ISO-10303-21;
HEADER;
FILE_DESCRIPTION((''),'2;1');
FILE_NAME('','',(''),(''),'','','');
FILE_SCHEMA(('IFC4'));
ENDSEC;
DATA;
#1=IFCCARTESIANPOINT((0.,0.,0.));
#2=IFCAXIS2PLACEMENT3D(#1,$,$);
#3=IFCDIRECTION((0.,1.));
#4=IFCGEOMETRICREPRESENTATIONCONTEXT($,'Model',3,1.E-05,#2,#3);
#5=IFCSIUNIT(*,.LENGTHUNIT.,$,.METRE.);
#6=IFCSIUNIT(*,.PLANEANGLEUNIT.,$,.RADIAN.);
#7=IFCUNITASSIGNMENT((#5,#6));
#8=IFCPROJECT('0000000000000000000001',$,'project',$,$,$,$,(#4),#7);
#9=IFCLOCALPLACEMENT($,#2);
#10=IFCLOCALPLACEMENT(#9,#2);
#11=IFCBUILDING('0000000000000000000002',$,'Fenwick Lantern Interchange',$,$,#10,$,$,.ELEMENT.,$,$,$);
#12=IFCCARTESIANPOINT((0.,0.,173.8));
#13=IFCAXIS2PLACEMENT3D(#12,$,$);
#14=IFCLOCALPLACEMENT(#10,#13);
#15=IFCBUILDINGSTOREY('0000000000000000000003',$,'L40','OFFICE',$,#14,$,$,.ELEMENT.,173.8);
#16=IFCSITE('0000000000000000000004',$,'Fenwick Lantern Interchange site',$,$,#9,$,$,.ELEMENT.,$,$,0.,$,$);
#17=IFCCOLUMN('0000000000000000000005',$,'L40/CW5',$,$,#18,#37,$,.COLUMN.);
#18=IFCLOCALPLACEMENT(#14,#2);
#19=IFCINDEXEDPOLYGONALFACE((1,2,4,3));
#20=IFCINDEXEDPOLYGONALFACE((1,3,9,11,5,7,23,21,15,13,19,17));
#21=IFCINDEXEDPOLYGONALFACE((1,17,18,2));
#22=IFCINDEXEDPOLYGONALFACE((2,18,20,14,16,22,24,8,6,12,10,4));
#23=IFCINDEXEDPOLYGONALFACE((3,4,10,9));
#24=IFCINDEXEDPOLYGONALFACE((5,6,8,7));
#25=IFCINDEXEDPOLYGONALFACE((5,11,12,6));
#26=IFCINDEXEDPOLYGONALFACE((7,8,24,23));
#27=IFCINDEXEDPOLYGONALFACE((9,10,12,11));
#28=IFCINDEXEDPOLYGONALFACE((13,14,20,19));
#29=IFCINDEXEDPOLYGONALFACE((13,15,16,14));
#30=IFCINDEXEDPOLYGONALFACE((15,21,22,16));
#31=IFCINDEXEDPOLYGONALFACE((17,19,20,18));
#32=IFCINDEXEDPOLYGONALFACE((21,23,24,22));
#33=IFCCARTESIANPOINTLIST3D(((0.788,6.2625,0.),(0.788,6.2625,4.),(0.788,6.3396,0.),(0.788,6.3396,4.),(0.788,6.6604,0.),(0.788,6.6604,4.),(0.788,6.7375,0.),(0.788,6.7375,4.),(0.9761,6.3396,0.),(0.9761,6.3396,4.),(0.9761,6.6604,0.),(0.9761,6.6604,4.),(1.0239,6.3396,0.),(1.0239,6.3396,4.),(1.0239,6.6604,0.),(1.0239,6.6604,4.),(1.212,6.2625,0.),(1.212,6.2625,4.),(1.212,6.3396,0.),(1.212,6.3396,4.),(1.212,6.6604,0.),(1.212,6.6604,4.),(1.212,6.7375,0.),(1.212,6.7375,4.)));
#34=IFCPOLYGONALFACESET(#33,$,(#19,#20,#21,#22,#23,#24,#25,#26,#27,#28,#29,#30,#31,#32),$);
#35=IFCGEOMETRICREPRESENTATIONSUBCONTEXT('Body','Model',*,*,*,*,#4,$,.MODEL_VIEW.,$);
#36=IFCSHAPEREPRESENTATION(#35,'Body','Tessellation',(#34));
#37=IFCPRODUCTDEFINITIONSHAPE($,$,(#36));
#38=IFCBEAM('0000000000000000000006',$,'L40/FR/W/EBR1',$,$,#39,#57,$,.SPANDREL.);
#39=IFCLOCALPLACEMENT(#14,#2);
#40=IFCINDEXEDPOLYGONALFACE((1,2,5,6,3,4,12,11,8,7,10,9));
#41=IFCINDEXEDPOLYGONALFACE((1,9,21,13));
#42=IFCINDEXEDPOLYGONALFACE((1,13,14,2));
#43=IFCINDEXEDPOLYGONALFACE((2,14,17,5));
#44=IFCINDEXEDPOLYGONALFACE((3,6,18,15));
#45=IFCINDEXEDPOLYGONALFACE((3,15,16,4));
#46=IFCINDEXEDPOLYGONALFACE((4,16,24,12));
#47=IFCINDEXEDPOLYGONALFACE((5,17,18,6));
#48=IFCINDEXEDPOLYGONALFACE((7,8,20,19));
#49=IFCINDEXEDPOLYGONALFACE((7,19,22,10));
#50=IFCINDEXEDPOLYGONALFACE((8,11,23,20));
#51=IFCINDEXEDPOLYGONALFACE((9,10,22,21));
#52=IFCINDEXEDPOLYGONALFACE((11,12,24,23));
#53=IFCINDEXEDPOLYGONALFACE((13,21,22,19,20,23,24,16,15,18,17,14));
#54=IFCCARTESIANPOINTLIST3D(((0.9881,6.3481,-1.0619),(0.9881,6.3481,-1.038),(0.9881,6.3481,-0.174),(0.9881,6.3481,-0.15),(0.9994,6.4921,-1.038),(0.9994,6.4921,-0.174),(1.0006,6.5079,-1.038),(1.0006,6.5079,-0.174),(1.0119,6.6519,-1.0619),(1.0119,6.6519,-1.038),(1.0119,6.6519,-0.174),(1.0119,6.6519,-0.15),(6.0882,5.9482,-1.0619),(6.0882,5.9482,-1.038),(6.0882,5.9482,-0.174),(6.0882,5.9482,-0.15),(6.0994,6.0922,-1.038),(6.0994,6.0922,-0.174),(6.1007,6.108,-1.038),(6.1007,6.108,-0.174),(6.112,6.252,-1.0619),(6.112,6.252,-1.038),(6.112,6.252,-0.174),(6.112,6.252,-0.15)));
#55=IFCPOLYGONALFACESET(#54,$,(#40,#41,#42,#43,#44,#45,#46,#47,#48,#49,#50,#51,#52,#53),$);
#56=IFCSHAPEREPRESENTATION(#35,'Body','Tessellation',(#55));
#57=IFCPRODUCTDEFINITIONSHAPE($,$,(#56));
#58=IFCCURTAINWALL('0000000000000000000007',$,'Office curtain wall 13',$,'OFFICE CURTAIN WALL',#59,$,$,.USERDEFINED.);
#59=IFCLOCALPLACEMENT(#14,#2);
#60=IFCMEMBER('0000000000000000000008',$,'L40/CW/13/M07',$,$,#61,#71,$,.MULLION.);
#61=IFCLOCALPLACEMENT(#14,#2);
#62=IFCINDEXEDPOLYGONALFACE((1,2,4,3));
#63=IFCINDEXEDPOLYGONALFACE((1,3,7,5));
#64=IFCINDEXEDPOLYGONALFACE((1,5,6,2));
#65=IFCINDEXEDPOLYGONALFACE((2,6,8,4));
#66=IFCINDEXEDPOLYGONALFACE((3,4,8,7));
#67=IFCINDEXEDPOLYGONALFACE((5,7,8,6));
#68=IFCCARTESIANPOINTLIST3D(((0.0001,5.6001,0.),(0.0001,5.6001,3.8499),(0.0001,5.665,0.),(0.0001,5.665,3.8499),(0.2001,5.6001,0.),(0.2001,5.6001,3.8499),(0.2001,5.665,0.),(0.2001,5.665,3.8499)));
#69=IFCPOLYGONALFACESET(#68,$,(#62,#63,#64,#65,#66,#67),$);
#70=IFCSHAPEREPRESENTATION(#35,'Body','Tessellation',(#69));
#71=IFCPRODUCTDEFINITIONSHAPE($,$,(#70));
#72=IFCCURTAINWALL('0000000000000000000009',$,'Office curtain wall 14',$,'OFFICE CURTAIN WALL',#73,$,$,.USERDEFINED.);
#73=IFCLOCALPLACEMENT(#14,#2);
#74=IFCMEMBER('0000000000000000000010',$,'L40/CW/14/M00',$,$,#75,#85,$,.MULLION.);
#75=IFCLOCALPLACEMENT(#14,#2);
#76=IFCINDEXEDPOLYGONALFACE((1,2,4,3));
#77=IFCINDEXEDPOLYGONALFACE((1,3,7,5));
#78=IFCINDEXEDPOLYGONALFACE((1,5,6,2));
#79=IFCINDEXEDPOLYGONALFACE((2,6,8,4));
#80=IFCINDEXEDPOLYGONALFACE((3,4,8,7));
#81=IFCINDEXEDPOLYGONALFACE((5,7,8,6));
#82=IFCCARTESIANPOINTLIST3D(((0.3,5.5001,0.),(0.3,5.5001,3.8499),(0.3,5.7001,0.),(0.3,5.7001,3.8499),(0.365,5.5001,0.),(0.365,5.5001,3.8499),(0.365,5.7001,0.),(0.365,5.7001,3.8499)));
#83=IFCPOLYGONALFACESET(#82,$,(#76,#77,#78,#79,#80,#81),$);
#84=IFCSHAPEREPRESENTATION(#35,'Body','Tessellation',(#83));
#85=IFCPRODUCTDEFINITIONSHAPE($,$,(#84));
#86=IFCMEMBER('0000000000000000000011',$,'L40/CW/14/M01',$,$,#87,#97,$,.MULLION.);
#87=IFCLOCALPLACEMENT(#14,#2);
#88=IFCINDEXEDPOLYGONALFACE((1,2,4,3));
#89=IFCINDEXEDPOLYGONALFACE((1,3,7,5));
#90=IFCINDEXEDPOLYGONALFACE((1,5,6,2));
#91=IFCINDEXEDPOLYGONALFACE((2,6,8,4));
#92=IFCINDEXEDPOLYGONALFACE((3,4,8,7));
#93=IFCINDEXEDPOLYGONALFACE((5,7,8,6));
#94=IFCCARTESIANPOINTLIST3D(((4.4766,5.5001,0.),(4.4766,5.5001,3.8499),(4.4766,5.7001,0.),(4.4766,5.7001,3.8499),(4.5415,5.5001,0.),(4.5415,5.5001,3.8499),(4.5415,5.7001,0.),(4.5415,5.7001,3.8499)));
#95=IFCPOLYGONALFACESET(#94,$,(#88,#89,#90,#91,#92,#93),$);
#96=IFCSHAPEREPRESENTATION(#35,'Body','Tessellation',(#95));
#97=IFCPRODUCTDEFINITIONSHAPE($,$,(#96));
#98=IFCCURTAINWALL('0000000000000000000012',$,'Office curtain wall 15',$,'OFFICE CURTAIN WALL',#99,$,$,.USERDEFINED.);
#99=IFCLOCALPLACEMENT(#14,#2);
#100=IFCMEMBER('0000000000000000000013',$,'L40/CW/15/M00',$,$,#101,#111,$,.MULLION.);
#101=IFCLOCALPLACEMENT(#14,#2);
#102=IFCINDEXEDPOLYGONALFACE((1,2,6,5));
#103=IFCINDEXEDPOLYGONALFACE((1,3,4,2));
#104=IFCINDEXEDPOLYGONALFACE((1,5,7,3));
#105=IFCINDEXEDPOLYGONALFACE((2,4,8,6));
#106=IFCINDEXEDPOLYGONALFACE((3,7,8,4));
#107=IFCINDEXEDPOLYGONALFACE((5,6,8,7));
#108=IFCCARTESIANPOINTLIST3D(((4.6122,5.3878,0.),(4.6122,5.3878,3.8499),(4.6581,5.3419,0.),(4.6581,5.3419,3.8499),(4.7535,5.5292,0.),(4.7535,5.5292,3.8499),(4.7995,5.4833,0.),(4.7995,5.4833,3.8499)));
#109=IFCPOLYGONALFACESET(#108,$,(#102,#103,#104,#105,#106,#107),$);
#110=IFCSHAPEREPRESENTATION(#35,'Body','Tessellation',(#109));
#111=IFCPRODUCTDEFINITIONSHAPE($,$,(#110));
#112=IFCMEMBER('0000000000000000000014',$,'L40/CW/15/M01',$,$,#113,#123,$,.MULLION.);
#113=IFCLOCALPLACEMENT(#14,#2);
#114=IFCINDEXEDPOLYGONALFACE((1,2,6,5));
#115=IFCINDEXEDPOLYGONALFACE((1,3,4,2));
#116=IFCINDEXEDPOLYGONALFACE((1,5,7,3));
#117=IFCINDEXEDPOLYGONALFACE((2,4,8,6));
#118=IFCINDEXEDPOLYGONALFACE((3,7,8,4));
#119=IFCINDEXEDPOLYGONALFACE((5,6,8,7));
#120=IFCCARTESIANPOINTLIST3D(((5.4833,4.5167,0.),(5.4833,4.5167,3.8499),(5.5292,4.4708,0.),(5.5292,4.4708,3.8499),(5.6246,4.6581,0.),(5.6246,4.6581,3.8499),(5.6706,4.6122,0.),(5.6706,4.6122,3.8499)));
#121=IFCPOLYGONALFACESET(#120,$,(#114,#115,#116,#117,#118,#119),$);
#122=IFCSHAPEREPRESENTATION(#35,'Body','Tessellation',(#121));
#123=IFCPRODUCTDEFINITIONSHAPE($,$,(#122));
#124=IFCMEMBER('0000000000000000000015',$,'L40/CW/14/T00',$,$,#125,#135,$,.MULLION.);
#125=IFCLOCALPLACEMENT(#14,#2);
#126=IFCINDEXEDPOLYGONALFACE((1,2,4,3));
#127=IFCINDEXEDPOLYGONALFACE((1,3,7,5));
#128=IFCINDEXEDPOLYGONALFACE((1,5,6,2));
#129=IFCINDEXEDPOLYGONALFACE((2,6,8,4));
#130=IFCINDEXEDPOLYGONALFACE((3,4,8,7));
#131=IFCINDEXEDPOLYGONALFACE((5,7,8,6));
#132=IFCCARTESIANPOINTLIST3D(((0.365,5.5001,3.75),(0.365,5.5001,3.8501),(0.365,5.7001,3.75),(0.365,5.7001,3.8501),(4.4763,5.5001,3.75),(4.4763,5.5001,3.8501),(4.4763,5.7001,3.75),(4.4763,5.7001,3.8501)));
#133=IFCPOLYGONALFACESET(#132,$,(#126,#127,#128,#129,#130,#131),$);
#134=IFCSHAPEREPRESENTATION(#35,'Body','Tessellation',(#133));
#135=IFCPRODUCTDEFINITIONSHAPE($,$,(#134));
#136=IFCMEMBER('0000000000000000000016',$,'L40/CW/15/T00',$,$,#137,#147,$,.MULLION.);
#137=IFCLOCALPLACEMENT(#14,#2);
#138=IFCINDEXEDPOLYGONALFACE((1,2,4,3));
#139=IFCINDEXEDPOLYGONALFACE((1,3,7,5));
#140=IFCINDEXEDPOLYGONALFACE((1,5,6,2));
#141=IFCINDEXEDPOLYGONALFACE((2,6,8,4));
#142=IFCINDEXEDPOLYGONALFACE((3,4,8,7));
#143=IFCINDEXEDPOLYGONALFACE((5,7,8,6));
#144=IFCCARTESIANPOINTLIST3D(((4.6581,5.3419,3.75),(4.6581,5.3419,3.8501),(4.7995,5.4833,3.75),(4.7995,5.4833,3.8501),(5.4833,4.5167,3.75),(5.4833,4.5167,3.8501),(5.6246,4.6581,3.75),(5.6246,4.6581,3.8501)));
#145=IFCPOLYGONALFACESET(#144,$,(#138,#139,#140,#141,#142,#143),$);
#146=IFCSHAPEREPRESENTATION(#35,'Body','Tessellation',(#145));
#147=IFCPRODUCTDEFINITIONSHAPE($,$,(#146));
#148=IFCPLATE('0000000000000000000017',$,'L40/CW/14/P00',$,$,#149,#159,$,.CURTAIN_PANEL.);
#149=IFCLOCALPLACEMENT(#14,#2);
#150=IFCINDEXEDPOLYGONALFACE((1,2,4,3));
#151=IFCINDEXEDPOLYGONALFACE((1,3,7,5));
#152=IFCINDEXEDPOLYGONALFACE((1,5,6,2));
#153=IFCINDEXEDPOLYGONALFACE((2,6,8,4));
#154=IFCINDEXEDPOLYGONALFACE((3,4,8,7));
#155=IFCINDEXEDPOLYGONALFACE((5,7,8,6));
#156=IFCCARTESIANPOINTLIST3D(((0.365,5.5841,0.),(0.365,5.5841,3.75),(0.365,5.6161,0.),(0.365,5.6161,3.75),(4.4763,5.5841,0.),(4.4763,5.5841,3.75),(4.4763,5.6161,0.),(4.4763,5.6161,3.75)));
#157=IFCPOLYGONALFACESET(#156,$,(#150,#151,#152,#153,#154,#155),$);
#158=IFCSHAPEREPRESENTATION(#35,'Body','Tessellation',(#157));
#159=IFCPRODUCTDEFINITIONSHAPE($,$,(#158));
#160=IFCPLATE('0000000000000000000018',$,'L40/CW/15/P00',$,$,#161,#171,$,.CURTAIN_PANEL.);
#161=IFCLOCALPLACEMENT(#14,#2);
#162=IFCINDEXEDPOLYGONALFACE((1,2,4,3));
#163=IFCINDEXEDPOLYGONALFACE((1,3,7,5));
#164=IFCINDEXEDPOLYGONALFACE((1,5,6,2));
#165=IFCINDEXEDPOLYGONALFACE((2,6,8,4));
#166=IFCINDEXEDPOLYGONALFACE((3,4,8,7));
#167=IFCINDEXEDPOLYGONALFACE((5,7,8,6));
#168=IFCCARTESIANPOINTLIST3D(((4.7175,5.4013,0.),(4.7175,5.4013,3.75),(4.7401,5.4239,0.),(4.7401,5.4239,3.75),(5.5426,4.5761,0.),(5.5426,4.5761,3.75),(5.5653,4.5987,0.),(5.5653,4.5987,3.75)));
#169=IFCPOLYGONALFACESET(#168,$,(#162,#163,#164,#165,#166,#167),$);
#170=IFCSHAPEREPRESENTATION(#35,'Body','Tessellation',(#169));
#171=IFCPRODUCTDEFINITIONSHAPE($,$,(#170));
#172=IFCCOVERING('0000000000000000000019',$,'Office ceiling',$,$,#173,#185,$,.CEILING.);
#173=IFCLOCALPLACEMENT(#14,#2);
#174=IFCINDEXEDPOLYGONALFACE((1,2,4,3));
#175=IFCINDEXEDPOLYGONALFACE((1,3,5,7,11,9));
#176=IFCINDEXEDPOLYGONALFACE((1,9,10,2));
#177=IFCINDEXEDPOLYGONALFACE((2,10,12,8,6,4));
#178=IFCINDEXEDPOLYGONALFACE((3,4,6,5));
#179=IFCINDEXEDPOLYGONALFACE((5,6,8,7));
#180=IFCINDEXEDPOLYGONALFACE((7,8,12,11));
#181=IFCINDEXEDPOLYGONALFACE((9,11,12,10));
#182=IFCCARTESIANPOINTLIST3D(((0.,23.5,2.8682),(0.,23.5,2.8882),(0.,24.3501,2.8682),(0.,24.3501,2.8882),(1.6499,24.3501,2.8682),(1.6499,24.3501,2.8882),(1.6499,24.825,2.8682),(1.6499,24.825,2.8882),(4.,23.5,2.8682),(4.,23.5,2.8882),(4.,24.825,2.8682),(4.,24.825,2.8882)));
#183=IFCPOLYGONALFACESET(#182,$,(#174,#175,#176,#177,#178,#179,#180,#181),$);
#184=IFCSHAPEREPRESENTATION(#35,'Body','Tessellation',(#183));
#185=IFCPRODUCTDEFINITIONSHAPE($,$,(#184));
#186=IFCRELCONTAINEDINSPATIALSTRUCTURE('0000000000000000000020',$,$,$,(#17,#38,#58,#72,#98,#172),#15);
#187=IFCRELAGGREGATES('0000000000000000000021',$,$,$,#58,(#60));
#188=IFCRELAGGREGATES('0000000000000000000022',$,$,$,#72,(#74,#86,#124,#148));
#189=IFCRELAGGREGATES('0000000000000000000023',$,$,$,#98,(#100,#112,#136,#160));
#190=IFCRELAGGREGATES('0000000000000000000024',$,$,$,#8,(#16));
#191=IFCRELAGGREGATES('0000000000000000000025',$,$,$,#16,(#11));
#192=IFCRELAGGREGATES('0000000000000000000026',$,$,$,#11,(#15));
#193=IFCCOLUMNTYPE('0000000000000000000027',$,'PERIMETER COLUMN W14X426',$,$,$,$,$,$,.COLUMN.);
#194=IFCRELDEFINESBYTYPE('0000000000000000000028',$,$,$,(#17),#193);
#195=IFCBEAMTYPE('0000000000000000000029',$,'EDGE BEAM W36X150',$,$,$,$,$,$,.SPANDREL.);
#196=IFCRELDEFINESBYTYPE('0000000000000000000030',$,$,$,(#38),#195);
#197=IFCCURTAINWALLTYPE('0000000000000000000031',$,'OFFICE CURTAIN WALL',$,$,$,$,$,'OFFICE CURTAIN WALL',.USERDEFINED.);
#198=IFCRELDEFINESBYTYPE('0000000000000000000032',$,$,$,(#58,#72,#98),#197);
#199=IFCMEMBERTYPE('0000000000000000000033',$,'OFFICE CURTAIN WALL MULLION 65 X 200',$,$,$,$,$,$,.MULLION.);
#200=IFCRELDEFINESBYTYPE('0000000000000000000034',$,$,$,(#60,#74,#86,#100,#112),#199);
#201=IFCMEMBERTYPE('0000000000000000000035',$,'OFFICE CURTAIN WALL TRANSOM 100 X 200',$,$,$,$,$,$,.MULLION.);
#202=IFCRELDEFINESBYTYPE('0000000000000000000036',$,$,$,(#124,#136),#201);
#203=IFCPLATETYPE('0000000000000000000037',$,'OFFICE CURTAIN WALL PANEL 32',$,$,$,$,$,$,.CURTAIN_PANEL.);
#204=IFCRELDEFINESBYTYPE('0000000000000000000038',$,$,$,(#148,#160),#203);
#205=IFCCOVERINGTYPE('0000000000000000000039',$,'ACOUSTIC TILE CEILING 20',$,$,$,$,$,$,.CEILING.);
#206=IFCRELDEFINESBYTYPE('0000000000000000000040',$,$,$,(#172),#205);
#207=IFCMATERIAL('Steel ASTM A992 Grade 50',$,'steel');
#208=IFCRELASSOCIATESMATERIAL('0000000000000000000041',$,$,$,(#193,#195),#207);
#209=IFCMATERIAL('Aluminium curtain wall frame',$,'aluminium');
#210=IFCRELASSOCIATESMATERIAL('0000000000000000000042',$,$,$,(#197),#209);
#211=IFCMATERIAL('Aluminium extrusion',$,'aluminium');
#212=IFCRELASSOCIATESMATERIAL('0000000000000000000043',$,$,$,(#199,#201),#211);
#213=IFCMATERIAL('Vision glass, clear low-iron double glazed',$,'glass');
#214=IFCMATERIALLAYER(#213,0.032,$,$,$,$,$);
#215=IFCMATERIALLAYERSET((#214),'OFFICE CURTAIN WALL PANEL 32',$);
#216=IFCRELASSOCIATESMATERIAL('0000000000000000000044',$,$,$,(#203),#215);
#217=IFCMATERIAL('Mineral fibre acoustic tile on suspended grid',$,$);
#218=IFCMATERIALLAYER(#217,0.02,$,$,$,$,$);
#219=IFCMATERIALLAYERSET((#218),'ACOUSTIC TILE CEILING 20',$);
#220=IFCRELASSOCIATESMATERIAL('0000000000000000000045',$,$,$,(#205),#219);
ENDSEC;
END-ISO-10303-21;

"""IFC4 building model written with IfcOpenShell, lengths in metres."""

from ifc_helpers import new_model, si_unit, direction, frame, origin, origin_2d, place, context, subcontext, project, spatial, polyline, rectangle, i_section, outline, extrude, material, layer, layer_set, material_profile, profile_set, type_object, element, aggregate, save


model = new_model("IFC4")

# Units and contexts
model_context = context("Model", 3, precision=1e-05, world=origin(), true_north=direction((0.0, 1.0)))
body_context = subcontext(model_context, "Body", "Model", "MODEL_VIEW")
ifc_project = project(units=[si_unit("LENGTHUNIT", "METRE"), si_unit("PLANEANGLEUNIT", "RADIAN")], contexts=[model_context])

# Site, building, storey
site_placement = place(None, origin())
site = spatial("IfcSite", under=ifc_project, at=site_placement, Name="Fenwick Lantern Interchange site", CompositionType="ELEMENT", RefElevation=0.0)
building_placement = place(site_placement, origin())
building = spatial("IfcBuilding", under=site, at=building_placement, Name="Fenwick Lantern Interchange", CompositionType="ELEMENT")
storey_placement = place(building_placement, frame((0.0, 0.0, 173.8)))
storey = spatial("IfcBuildingStorey", under=building, at=storey_placement, Name="L40", Description="OFFICE", CompositionType="ELEMENT", Elevation=173.8)

# Column
ifc_material_1 = material(Name="Steel ASTM A992 Grade 50", Category="steel")
ifc_material_profile_1 = material_profile(ifc_material_1, i_section(OverallWidth=0.4241, OverallDepth=0.4751, WebThickness=0.0479, FlangeThickness=0.0771, at=origin_2d()), Name="W14X426")
ifc_profile_set_1 = profile_set([ifc_material_profile_1], Name="Steel ASTM A992 Grade 50")
column_type = type_object("IfcColumnType", Name="PERIMETER COLUMN W14X426", PredefinedType="COLUMN", material=ifc_profile_set_1)
column_placement = place(storey_placement, frame((1.0, 6.5, 0.0), z_axis=(0.0, 0.0, 1.0), x_axis=(1.0, 0.0, 0.0)))
element("IfcColumn", 1, at=column_placement, inside=storey, type_object=column_type, Name="L40/CW5", PredefinedType="COLUMN", context=body_context, shape_type="SweptSolid", body=[
    extrude(i_section(OverallWidth=0.4241, OverallDepth=0.4751, WebThickness=0.0479, FlangeThickness=0.0771, at=origin_2d()), origin(), (0.0, 0.0, 1.0), 4.0),
])

# Beam
ifc_material_profile_2 = material_profile(ifc_material_1, i_section(OverallWidth=0.3047, OverallDepth=0.9119, WebThickness=0.0159, FlangeThickness=0.0239, at=origin_2d()), Name="W36X150")
ifc_profile_set_2 = profile_set([ifc_material_profile_2], Name="Steel ASTM A992 Grade 50")
beam_type = type_object("IfcBeamType", Name="EDGE BEAM W36X150", PredefinedType="SPANDREL", material=ifc_profile_set_2)
beam_placement = place(storey_placement, frame((1.0, 6.5, -0.606), z_axis=(0.99694, -0.078171, 0.0), x_axis=(0.078171, 0.99694, 0.0)))
element("IfcBeam", 2, at=beam_placement, inside=storey, type_object=beam_type, Name="L40/FR/W/EBR1", PredefinedType="SPANDREL", context=body_context, shape_type="SweptSolid", body=[
    extrude(i_section(OverallWidth=0.3047, OverallDepth=0.9119, WebThickness=0.0159, FlangeThickness=0.0239, at=origin_2d()), origin(), (0.0, 0.0, 1.0), 5.1157),
])

# Curtain wall, member
ifc_material_2 = material(Name="Aluminium curtain wall frame", Category="aluminium")
curtain_wall_type = type_object("IfcCurtainWallType", Name="OFFICE CURTAIN WALL", ElementType="OFFICE CURTAIN WALL", PredefinedType="USERDEFINED", material=ifc_material_2)
curtain_wall_1_placement = place(storey_placement, origin())
curtain_wall_1 = element("IfcCurtainWall", 3, at=curtain_wall_1_placement, inside=storey, type_object=curtain_wall_type, Name="Office curtain wall 13", ObjectType="OFFICE CURTAIN WALL", PredefinedType="USERDEFINED")
ifc_material_3 = material(Name="Aluminium extrusion", Category="aluminium")
ifc_material_profile_3 = material_profile(ifc_material_3, rectangle(XDim=0.2, YDim=0.0649, at=origin_2d()), Name="OFFICE CURTAIN WALL MULLION 65 X 200")
ifc_profile_set_3 = profile_set([ifc_material_profile_3], Name="Aluminium extrusion")
member_type_1 = type_object("IfcMemberType", Name="OFFICE CURTAIN WALL MULLION 65 X 200", PredefinedType="MULLION", material=ifc_profile_set_3)
member_1_placement = place(storey_placement, frame((0.1001, 5.6326, 0.0), z_axis=(0.0, 0.0, 1.0), x_axis=(1.0, 0.0, 0.0)))
member_1 = element("IfcMember", 4, at=member_1_placement, type_object=member_type_1, Name="L40/CW/13/M07", PredefinedType="MULLION", context=body_context, shape_type="SweptSolid", body=[
    extrude(rectangle(XDim=0.2, YDim=0.0649, at=origin_2d()), origin(), (0.0, 0.0, 1.0), 3.8499),
])
aggregate(curtain_wall_1, [member_1])

# Curtain walls, members
curtain_wall_2_placement = place(storey_placement, origin())
curtain_wall_2 = element("IfcCurtainWall", 5, at=curtain_wall_2_placement, inside=storey, type_object=curtain_wall_type, Name="Office curtain wall 14", ObjectType="OFFICE CURTAIN WALL", PredefinedType="USERDEFINED")
member_2_placement = place(storey_placement, frame((0.3325, 5.6001, 0.0), z_axis=(0.0, 0.0, 1.0), x_axis=(0.0, 1.0, 0.0)))
member_2 = element("IfcMember", 6, at=member_2_placement, type_object=member_type_1, Name="L40/CW/14/M00", PredefinedType="MULLION", context=body_context, shape_type="SweptSolid", body=[
    extrude(rectangle(XDim=0.2, YDim=0.0649, at=origin_2d()), origin(), (0.0, 0.0, 1.0), 3.8499),
])
member_3_placement = place(storey_placement, frame((4.509, 5.6001, 0.0), z_axis=(0.0, 0.0, 1.0), x_axis=(0.0, 1.0, 0.0)))
member_3 = element("IfcMember", 7, at=member_3_placement, type_object=member_type_1, Name="L40/CW/14/M01", PredefinedType="MULLION", context=body_context, shape_type="SweptSolid", body=[
    extrude(rectangle(XDim=0.2, YDim=0.0649, at=origin_2d()), origin(), (0.0, 0.0, 1.0), 3.8499),
])
curtain_wall_3_placement = place(storey_placement, origin())
curtain_wall_3 = element("IfcCurtainWall", 8, at=curtain_wall_3_placement, inside=storey, type_object=curtain_wall_type, Name="Office curtain wall 15", ObjectType="OFFICE CURTAIN WALL", PredefinedType="USERDEFINED")
member_4_placement = place(storey_placement, frame((4.7058, 5.4355, 0.0), z_axis=(0.0, 0.0, 1.0), x_axis=(0.707107, 0.707107, 0.0)))
member_4 = element("IfcMember", 9, at=member_4_placement, type_object=member_type_1, Name="L40/CW/15/M00", PredefinedType="MULLION", context=body_context, shape_type="SweptSolid", body=[
    extrude(rectangle(XDim=0.2, YDim=0.0649, at=origin_2d()), origin(), (0.0, 0.0, 1.0), 3.8499),
])
member_5_placement = place(storey_placement, frame((5.5769, 4.5645, 0.0), z_axis=(0.0, 0.0, 1.0), x_axis=(0.707107, 0.707107, 0.0)))
member_5 = element("IfcMember", 10, at=member_5_placement, type_object=member_type_1, Name="L40/CW/15/M01", PredefinedType="MULLION", context=body_context, shape_type="SweptSolid", body=[
    extrude(rectangle(XDim=0.2, YDim=0.0649, at=origin_2d()), origin(), (0.0, 0.0, 1.0), 3.8499),
])

# Members
ifc_material_profile_4 = material_profile(ifc_material_3, rectangle(XDim=0.2, YDim=0.1001, at=origin_2d()), Name="OFFICE CURTAIN WALL TRANSOM 100 X 200")
ifc_profile_set_4 = profile_set([ifc_material_profile_4], Name="Aluminium extrusion")
member_type_2 = type_object("IfcMemberType", Name="OFFICE CURTAIN WALL TRANSOM 100 X 200", PredefinedType="MULLION", material=ifc_profile_set_4)
member_6_placement = place(storey_placement, frame((0.365, 5.6001, 3.8), z_axis=(1.0, 0.0, 0.0), x_axis=(0.0, 1.0, 0.0)))
member_6 = element("IfcMember", 11, at=member_6_placement, type_object=member_type_2, Name="L40/CW/14/T00", PredefinedType="MULLION", context=body_context, shape_type="SweptSolid", body=[
    extrude(rectangle(XDim=0.2, YDim=0.1001, at=origin_2d()), origin(), (0.0, 0.0, 1.0), 4.1113),
])
member_7_placement = place(storey_placement, frame((4.7288, 5.4126, 3.8), z_axis=(0.707107, -0.707107, 0.0), x_axis=(0.707107, 0.707107, 0.0)))
member_7 = element("IfcMember", 12, at=member_7_placement, type_object=member_type_2, Name="L40/CW/15/T00", PredefinedType="MULLION", context=body_context, shape_type="SweptSolid", body=[
    extrude(rectangle(XDim=0.2, YDim=0.1001, at=origin_2d()), origin(), (0.0, 0.0, 1.0), 1.167),
])

# Shared definitions
ifc_material_4 = material(Name="Vision glass, clear low-iron double glazed", Category="glass")
ifc_layer_1 = layer(ifc_material_4, 0.032)
ifc_layer_set_1 = layer_set([ifc_layer_1], Name="OFFICE CURTAIN WALL PANEL 32")
plate_type = type_object("IfcPlateType", Name="OFFICE CURTAIN WALL PANEL 32", PredefinedType="CURTAIN_PANEL", material=ifc_layer_set_1)

# Plates
plate_1_placement = place(storey_placement, frame((2.4207, 5.6001, 0.0), z_axis=(0.0, 0.0, 1.0), x_axis=(1.0, 0.0, 0.0)))
plate_1 = element("IfcPlate", 13, at=plate_1_placement, type_object=plate_type, Name="L40/CW/14/P00", PredefinedType="CURTAIN_PANEL", context=body_context, shape_type="SweptSolid", body=[
    extrude(rectangle(XDim=4.1113, YDim=0.032, at=origin_2d()), origin(), (0.0, 0.0, 1.0), 3.75),
])
aggregate(curtain_wall_2, [member_2, member_3, member_6, plate_1])
plate_2_placement = place(storey_placement, frame((5.1414, 5.0, 0.0), z_axis=(0.0, 0.0, 1.0), x_axis=(0.707107, -0.707107, 0.0)))
plate_2 = element("IfcPlate", 14, at=plate_2_placement, type_object=plate_type, Name="L40/CW/15/P00", PredefinedType="CURTAIN_PANEL", context=body_context, shape_type="SweptSolid", body=[
    extrude(rectangle(XDim=1.167, YDim=0.032, at=origin_2d()), origin(), (0.0, 0.0, 1.0), 3.75),
])
aggregate(curtain_wall_3, [member_4, member_5, member_7, plate_2])

# Covering
ifc_material_5 = material(Name="Mineral fibre acoustic tile on suspended grid")
ifc_layer_2 = layer(ifc_material_5, 0.02)
ifc_layer_set_2 = layer_set([ifc_layer_2], Name="ACOUSTIC TILE CEILING 20")
covering_type_1 = type_object("IfcCoveringType", Name="ACOUSTIC TILE CEILING 20", PredefinedType="CEILING", material=ifc_layer_set_2)
covering_1_placement = place(storey_placement, frame((0.0, 0.0, 2.8682)))
element("IfcCovering", 15, at=covering_1_placement, inside=storey, type_object=covering_type_1, Name="Office ceiling", PredefinedType="CEILING", context=body_context, shape_type="SweptSolid", body=[
    extrude(outline(polyline([(4.0, 23.5), (4.0, 24.825), (1.6499, 24.825), (1.6499, 24.3501), (0.0, 24.3501), (0.0, 23.5), (4.0, 23.5)])), origin(), (0.0, 0.0, 1.0), 0.02),
])

save(model, "model.ifc")
